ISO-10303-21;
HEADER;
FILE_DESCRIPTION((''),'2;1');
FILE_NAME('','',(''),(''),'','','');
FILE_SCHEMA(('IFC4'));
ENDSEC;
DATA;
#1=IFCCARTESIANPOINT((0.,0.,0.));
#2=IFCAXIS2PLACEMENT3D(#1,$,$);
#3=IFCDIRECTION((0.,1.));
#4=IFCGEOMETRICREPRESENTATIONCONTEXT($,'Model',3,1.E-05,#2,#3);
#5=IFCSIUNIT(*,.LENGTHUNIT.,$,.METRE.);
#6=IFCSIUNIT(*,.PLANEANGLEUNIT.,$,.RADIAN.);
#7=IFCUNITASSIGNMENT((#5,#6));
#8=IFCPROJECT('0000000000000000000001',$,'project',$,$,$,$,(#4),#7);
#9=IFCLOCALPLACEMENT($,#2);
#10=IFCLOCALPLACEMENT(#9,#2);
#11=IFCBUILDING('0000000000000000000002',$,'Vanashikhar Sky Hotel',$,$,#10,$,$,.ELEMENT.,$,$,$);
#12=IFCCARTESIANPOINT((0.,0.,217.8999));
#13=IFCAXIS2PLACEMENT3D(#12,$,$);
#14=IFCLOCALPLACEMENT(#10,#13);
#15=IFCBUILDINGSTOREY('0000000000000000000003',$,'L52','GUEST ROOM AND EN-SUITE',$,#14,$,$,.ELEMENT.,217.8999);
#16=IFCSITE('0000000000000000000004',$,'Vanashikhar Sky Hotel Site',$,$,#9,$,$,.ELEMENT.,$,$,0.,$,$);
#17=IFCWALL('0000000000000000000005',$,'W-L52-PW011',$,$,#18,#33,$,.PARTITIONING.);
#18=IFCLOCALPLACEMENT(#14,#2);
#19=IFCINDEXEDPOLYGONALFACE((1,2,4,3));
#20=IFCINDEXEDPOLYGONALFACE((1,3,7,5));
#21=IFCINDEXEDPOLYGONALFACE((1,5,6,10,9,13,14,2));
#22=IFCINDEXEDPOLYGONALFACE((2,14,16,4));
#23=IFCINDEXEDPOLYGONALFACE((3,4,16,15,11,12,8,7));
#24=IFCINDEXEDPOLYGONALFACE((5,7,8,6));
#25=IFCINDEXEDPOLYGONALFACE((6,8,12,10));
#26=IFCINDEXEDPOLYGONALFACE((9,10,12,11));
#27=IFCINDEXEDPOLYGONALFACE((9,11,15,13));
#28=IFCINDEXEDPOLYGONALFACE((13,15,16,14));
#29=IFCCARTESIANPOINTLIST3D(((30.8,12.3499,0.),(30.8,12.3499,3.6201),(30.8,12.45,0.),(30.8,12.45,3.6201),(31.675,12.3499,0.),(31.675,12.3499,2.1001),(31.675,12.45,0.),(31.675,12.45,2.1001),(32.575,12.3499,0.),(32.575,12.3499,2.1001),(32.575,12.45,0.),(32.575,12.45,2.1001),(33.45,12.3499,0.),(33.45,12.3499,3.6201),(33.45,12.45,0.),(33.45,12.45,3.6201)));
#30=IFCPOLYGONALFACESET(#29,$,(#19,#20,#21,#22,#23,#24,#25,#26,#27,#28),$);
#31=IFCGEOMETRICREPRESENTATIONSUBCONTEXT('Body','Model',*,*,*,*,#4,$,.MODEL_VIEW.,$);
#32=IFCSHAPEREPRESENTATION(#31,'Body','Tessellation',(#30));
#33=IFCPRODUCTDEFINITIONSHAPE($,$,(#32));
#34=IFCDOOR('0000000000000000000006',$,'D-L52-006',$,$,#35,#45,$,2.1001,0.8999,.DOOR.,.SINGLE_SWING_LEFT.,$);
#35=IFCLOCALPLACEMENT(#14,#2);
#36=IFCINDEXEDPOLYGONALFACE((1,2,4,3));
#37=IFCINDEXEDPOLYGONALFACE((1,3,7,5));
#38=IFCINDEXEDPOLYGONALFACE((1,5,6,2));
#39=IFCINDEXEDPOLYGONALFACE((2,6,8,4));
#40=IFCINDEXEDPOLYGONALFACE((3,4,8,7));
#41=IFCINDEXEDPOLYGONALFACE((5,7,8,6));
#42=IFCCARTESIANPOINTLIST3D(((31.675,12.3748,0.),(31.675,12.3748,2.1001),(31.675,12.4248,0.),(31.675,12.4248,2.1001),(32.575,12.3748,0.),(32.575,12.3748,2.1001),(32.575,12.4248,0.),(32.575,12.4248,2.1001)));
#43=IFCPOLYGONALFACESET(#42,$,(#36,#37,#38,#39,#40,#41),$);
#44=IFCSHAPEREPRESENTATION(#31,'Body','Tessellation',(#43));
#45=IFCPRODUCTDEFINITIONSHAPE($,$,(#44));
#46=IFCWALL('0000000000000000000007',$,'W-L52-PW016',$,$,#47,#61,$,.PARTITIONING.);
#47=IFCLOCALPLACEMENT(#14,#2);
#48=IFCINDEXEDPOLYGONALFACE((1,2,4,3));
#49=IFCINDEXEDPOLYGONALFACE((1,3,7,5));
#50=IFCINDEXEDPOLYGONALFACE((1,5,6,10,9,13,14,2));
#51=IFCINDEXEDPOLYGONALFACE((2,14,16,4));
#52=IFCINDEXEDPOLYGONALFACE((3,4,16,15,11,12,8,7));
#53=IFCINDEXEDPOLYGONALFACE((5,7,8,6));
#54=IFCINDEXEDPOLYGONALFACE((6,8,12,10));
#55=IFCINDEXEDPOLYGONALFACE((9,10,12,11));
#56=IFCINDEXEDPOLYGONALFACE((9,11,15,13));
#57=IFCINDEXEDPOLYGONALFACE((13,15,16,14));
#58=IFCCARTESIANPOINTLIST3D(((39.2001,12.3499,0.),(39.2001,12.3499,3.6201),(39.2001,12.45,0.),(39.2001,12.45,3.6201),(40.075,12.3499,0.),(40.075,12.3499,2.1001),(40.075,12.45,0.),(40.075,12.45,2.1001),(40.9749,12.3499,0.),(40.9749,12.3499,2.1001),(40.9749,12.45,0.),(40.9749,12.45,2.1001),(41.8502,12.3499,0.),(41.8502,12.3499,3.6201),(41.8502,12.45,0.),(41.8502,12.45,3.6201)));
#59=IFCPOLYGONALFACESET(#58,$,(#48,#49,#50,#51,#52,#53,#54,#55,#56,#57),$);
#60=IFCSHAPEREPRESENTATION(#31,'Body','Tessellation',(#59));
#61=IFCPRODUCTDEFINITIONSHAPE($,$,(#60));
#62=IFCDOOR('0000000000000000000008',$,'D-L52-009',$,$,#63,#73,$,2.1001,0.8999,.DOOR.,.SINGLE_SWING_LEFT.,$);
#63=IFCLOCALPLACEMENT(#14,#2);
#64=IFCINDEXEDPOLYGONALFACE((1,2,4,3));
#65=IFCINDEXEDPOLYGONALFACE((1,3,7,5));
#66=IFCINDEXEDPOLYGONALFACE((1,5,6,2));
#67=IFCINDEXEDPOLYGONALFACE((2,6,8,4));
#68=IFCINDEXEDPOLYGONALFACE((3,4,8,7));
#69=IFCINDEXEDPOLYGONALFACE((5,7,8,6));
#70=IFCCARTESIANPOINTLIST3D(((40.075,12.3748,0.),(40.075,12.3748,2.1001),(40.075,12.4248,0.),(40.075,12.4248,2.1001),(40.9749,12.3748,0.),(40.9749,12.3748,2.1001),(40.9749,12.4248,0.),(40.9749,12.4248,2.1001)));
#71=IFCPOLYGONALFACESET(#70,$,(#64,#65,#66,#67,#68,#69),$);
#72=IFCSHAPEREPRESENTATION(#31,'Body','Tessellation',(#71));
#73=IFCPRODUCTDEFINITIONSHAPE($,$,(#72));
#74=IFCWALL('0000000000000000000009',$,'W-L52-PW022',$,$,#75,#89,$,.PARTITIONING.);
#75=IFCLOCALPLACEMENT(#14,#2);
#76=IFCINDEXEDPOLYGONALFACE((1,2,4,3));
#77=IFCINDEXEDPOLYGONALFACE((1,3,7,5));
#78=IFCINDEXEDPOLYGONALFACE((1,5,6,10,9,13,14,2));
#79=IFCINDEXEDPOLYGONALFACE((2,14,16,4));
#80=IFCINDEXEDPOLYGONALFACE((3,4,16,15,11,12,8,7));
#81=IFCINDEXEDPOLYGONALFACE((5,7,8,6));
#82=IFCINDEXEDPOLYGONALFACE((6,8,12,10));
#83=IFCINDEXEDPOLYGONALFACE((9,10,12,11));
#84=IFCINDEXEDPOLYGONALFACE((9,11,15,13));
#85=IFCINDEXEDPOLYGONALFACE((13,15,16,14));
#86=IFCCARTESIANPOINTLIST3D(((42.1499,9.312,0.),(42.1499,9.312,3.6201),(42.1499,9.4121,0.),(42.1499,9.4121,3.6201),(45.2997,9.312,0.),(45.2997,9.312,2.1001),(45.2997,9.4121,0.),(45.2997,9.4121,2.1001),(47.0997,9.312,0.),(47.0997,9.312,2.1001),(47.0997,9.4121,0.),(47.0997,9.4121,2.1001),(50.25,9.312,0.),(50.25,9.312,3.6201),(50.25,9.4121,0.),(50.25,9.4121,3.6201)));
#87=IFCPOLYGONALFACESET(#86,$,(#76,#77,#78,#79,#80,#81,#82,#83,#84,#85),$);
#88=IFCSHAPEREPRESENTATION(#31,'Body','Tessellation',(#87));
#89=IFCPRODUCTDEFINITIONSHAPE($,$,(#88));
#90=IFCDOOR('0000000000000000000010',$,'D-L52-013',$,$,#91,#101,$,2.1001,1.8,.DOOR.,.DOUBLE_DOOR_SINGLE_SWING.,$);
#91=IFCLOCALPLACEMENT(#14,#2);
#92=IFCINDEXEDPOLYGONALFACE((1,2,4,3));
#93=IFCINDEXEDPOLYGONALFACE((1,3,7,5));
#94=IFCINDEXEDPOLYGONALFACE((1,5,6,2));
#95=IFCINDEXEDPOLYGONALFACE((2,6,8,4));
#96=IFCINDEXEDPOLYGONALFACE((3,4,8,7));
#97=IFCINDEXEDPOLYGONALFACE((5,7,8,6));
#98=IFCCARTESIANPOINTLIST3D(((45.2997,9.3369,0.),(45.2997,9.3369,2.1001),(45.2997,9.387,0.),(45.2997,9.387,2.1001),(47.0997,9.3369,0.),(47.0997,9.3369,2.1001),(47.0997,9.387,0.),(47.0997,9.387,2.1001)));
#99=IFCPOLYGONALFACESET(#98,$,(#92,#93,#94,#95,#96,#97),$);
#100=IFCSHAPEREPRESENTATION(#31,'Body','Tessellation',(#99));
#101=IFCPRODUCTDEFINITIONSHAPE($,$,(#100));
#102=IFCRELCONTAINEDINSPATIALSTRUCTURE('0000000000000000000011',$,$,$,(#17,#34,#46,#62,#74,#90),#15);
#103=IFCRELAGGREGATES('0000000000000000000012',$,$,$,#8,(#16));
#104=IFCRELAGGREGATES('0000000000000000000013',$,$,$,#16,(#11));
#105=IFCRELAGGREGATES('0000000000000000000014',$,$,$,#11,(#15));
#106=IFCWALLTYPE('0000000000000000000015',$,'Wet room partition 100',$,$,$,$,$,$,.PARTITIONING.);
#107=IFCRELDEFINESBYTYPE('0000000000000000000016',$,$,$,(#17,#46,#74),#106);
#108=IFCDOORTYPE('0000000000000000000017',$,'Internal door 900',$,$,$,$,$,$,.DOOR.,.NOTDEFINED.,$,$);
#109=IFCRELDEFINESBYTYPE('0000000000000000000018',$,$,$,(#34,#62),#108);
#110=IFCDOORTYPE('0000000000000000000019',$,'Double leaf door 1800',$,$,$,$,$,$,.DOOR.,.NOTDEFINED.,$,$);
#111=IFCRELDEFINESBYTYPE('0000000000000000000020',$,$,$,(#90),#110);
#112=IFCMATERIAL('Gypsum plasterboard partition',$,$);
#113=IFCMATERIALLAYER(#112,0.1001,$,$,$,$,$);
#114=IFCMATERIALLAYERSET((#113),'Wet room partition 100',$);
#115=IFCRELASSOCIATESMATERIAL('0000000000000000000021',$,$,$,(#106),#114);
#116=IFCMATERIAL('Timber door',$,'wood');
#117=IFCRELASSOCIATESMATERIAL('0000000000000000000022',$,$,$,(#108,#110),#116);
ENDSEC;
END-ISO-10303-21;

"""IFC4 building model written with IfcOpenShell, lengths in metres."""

from ifc_helpers import new_model, si_unit, direction, frame, frame_2d, origin, place, context, subcontext, project, spatial, rectangle, extrude, source, transform, mapped, material, layer, layer_set, type_object, element, fill, save


model = new_model("IFC4")

# Units and contexts
model_context = context("Model", 3, precision=1e-05, world=origin(), true_north=direction((0.0, 1.0)))
body_context = subcontext(model_context, "Body", "Model", "MODEL_VIEW")
ifc_project = project(units=[si_unit("LENGTHUNIT", "METRE"), si_unit("PLANEANGLEUNIT", "RADIAN")], contexts=[model_context])

# Site, building, storey
site_placement = place(None, origin())
site = spatial("IfcSite", under=ifc_project, at=site_placement, Name="Vanashikhar Sky Hotel Site", CompositionType="ELEMENT", RefElevation=0.0)
building_placement = place(site_placement, origin())
building = spatial("IfcBuilding", under=site, at=building_placement, Name="Vanashikhar Sky Hotel", CompositionType="ELEMENT")
storey_placement = place(building_placement, frame((0.0, 0.0, 217.8999)))
storey = spatial("IfcBuildingStorey", under=building, at=storey_placement, Name="L52", Description="GUEST ROOM AND EN-SUITE", CompositionType="ELEMENT", Elevation=217.8999)

# Shared definitions
ifc_material_1 = material(Name="Gypsum plasterboard partition")
ifc_layer_1 = layer(ifc_material_1, 0.1001)
ifc_layer_set_1 = layer_set([ifc_layer_1], Name="Wet room partition 100")
wall_type_1 = type_object("IfcWallType", Name="Wet room partition 100", PredefinedType="PARTITIONING", material=ifc_layer_set_1)

# Walls, openings, doors
shared_shape_1 = source(origin(), body_context, "Body", "SweptSolid", [
    extrude(rectangle(XDim=0.8999, YDim=2.1001, at=frame_2d((0.45, 1.05))), frame((0.0, 0.0601, 0.0), z_axis=(0.0, -1.0, 0.0), x_axis=(1.0, 0.0, 0.0)), (0.0, 0.0, 1.0), 0.1201),
])
ifc_material_2 = material(Name="Timber door", Category="wood")
door_type_1 = type_object("IfcDoorType", Name="Internal door 900", OperationType="NOTDEFINED", PredefinedType="DOOR", material=ifc_material_2)
shared_shape_2 = source(origin(), body_context, "Body", "SweptSolid", [
    extrude(rectangle(XDim=0.8999, YDim=2.1001, at=frame_2d((0.45, 1.05))), frame((0.0, 0.0249, 0.0), z_axis=(0.0, -1.0, 0.0), x_axis=(1.0, 0.0, 0.0)), (0.0, 0.0, 1.0), 0.05),
])
shared_shape_3 = source(origin(), body_context, "Body", "SweptSolid", [
    extrude(rectangle(XDim=2.6499, YDim=0.1001, at=frame_2d((1.325, 0.0))), origin(), (0.0, 0.0, 1.0), 3.6201),
])
wall_1_placement = place(storey_placement, frame((30.8, 12.3999, 0.0), z_axis=(0.0, 0.0, 1.0), x_axis=(1.0, 0.0, 0.0)))
wall_1 = element("IfcWall", 1, at=wall_1_placement, inside=storey, type_object=wall_type_1, Name="W-L52-PW011", PredefinedType="PARTITIONING", context=body_context, shape_type="MappedRepresentation", body=[
    mapped(shared_shape_3, transform((0.0, 0.0, 0.0), scale=1.0)),
])
opening_1_placement = place(wall_1_placement, frame((0.875, 0.0, 0.0)))
opening_1 = element("IfcOpeningElement", 2, at=opening_1_placement, cuts=wall_1, PredefinedType="OPENING", context=body_context, shape_type="MappedRepresentation", body=[
    mapped(shared_shape_1, transform((0.0, 0.0, 0.0), scale=1.0)),
])
door_1_placement = place(opening_1_placement, origin())
door_1 = element("IfcDoor", 3, at=door_1_placement, inside=storey, type_object=door_type_1, Name="D-L52-006", OperationType="SINGLE_SWING_LEFT", OverallHeight=2.1001, OverallWidth=0.8999, PredefinedType="DOOR", context=body_context, shape_type="MappedRepresentation", body=[
    mapped(shared_shape_2, transform((0.0, 0.0, 0.0), scale=1.0)),
])
fill(opening_1, door_1)
shared_shape_4 = source(origin(), body_context, "Body", "SweptSolid", [
    extrude(rectangle(XDim=2.6501, YDim=0.1001, at=frame_2d((1.3252, 0.0))), origin(), (0.0, 0.0, 1.0), 3.6201),
])
wall_2_placement = place(storey_placement, frame((39.2, 12.3999, 0.0), z_axis=(0.0, 0.0, 1.0), x_axis=(1.0, 0.0, 0.0)))
wall_2 = element("IfcWall", 4, at=wall_2_placement, inside=storey, type_object=wall_type_1, Name="W-L52-PW016", PredefinedType="PARTITIONING", context=body_context, shape_type="MappedRepresentation", body=[
    mapped(shared_shape_4, transform((0.0, 0.0, 0.0), scale=1.0)),
])
opening_2_placement = place(wall_2_placement, frame((0.875, 0.0, 0.0)))
opening_2 = element("IfcOpeningElement", 5, at=opening_2_placement, cuts=wall_2, PredefinedType="OPENING", context=body_context, shape_type="MappedRepresentation", body=[
    mapped(shared_shape_1, transform((0.0, 0.0, 0.0), scale=1.0)),
])
door_2_placement = place(opening_2_placement, origin())
door_2 = element("IfcDoor", 6, at=door_2_placement, inside=storey, type_object=door_type_1, Name="D-L52-009", OperationType="SINGLE_SWING_LEFT", OverallHeight=2.1001, OverallWidth=0.8999, PredefinedType="DOOR", context=body_context, shape_type="MappedRepresentation", body=[
    mapped(shared_shape_2, transform((0.0, 0.0, 0.0), scale=1.0)),
])
fill(opening_2, door_2)
shared_shape_5 = source(origin(), body_context, "Body", "SweptSolid", [
    extrude(rectangle(XDim=8.1001, YDim=0.1001, at=frame_2d((4.05, 0.0))), origin(), (0.0, 0.0, 1.0), 3.6201),
])
wall_3_placement = place(storey_placement, frame((42.1499, 9.3621, 0.0), z_axis=(0.0, 0.0, 1.0), x_axis=(1.0, 0.0, 0.0)))
wall_3 = element("IfcWall", 7, at=wall_3_placement, inside=storey, type_object=wall_type_1, Name="W-L52-PW022", PredefinedType="PARTITIONING", context=body_context, shape_type="MappedRepresentation", body=[
    mapped(shared_shape_5, transform((0.0, 0.0, 0.0), scale=1.0)),
])
shared_shape_6 = source(origin(), body_context, "Body", "SweptSolid", [
    extrude(rectangle(XDim=1.8, YDim=2.1001, at=frame_2d((0.8999, 1.05))), frame((0.0, 0.0601, 0.0), z_axis=(0.0, -1.0, 0.0), x_axis=(1.0, 0.0, 0.0)), (0.0, 0.0, 1.0), 0.1201),
])
opening_3_placement = place(wall_3_placement, frame((3.1499, 0.0, 0.0)))
opening_3 = element("IfcOpeningElement", 8, at=opening_3_placement, cuts=wall_3, PredefinedType="OPENING", context=body_context, shape_type="MappedRepresentation", body=[
    mapped(shared_shape_6, transform((0.0, 0.0, 0.0), scale=1.0)),
])
door_type_2 = type_object("IfcDoorType", Name="Double leaf door 1800", OperationType="NOTDEFINED", PredefinedType="DOOR", material=ifc_material_2)
shared_shape_7 = source(origin(), body_context, "Body", "SweptSolid", [
    extrude(rectangle(XDim=1.8, YDim=2.1001, at=frame_2d((0.8999, 1.05))), frame((0.0, 0.0249, 0.0), z_axis=(0.0, -1.0, 0.0), x_axis=(1.0, 0.0, 0.0)), (0.0, 0.0, 1.0), 0.05),
])
door_3_placement = place(opening_3_placement, origin())
door_3 = element("IfcDoor", 9, at=door_3_placement, inside=storey, type_object=door_type_2, Name="D-L52-013", OperationType="DOUBLE_DOOR_SINGLE_SWING", OverallHeight=2.1001, OverallWidth=1.8, PredefinedType="DOOR", context=body_context, shape_type="MappedRepresentation", body=[
    mapped(shared_shape_7, transform((0.0, 0.0, 0.0), scale=1.0)),
])
fill(opening_3, door_3)

save(model, "model.ifc")
